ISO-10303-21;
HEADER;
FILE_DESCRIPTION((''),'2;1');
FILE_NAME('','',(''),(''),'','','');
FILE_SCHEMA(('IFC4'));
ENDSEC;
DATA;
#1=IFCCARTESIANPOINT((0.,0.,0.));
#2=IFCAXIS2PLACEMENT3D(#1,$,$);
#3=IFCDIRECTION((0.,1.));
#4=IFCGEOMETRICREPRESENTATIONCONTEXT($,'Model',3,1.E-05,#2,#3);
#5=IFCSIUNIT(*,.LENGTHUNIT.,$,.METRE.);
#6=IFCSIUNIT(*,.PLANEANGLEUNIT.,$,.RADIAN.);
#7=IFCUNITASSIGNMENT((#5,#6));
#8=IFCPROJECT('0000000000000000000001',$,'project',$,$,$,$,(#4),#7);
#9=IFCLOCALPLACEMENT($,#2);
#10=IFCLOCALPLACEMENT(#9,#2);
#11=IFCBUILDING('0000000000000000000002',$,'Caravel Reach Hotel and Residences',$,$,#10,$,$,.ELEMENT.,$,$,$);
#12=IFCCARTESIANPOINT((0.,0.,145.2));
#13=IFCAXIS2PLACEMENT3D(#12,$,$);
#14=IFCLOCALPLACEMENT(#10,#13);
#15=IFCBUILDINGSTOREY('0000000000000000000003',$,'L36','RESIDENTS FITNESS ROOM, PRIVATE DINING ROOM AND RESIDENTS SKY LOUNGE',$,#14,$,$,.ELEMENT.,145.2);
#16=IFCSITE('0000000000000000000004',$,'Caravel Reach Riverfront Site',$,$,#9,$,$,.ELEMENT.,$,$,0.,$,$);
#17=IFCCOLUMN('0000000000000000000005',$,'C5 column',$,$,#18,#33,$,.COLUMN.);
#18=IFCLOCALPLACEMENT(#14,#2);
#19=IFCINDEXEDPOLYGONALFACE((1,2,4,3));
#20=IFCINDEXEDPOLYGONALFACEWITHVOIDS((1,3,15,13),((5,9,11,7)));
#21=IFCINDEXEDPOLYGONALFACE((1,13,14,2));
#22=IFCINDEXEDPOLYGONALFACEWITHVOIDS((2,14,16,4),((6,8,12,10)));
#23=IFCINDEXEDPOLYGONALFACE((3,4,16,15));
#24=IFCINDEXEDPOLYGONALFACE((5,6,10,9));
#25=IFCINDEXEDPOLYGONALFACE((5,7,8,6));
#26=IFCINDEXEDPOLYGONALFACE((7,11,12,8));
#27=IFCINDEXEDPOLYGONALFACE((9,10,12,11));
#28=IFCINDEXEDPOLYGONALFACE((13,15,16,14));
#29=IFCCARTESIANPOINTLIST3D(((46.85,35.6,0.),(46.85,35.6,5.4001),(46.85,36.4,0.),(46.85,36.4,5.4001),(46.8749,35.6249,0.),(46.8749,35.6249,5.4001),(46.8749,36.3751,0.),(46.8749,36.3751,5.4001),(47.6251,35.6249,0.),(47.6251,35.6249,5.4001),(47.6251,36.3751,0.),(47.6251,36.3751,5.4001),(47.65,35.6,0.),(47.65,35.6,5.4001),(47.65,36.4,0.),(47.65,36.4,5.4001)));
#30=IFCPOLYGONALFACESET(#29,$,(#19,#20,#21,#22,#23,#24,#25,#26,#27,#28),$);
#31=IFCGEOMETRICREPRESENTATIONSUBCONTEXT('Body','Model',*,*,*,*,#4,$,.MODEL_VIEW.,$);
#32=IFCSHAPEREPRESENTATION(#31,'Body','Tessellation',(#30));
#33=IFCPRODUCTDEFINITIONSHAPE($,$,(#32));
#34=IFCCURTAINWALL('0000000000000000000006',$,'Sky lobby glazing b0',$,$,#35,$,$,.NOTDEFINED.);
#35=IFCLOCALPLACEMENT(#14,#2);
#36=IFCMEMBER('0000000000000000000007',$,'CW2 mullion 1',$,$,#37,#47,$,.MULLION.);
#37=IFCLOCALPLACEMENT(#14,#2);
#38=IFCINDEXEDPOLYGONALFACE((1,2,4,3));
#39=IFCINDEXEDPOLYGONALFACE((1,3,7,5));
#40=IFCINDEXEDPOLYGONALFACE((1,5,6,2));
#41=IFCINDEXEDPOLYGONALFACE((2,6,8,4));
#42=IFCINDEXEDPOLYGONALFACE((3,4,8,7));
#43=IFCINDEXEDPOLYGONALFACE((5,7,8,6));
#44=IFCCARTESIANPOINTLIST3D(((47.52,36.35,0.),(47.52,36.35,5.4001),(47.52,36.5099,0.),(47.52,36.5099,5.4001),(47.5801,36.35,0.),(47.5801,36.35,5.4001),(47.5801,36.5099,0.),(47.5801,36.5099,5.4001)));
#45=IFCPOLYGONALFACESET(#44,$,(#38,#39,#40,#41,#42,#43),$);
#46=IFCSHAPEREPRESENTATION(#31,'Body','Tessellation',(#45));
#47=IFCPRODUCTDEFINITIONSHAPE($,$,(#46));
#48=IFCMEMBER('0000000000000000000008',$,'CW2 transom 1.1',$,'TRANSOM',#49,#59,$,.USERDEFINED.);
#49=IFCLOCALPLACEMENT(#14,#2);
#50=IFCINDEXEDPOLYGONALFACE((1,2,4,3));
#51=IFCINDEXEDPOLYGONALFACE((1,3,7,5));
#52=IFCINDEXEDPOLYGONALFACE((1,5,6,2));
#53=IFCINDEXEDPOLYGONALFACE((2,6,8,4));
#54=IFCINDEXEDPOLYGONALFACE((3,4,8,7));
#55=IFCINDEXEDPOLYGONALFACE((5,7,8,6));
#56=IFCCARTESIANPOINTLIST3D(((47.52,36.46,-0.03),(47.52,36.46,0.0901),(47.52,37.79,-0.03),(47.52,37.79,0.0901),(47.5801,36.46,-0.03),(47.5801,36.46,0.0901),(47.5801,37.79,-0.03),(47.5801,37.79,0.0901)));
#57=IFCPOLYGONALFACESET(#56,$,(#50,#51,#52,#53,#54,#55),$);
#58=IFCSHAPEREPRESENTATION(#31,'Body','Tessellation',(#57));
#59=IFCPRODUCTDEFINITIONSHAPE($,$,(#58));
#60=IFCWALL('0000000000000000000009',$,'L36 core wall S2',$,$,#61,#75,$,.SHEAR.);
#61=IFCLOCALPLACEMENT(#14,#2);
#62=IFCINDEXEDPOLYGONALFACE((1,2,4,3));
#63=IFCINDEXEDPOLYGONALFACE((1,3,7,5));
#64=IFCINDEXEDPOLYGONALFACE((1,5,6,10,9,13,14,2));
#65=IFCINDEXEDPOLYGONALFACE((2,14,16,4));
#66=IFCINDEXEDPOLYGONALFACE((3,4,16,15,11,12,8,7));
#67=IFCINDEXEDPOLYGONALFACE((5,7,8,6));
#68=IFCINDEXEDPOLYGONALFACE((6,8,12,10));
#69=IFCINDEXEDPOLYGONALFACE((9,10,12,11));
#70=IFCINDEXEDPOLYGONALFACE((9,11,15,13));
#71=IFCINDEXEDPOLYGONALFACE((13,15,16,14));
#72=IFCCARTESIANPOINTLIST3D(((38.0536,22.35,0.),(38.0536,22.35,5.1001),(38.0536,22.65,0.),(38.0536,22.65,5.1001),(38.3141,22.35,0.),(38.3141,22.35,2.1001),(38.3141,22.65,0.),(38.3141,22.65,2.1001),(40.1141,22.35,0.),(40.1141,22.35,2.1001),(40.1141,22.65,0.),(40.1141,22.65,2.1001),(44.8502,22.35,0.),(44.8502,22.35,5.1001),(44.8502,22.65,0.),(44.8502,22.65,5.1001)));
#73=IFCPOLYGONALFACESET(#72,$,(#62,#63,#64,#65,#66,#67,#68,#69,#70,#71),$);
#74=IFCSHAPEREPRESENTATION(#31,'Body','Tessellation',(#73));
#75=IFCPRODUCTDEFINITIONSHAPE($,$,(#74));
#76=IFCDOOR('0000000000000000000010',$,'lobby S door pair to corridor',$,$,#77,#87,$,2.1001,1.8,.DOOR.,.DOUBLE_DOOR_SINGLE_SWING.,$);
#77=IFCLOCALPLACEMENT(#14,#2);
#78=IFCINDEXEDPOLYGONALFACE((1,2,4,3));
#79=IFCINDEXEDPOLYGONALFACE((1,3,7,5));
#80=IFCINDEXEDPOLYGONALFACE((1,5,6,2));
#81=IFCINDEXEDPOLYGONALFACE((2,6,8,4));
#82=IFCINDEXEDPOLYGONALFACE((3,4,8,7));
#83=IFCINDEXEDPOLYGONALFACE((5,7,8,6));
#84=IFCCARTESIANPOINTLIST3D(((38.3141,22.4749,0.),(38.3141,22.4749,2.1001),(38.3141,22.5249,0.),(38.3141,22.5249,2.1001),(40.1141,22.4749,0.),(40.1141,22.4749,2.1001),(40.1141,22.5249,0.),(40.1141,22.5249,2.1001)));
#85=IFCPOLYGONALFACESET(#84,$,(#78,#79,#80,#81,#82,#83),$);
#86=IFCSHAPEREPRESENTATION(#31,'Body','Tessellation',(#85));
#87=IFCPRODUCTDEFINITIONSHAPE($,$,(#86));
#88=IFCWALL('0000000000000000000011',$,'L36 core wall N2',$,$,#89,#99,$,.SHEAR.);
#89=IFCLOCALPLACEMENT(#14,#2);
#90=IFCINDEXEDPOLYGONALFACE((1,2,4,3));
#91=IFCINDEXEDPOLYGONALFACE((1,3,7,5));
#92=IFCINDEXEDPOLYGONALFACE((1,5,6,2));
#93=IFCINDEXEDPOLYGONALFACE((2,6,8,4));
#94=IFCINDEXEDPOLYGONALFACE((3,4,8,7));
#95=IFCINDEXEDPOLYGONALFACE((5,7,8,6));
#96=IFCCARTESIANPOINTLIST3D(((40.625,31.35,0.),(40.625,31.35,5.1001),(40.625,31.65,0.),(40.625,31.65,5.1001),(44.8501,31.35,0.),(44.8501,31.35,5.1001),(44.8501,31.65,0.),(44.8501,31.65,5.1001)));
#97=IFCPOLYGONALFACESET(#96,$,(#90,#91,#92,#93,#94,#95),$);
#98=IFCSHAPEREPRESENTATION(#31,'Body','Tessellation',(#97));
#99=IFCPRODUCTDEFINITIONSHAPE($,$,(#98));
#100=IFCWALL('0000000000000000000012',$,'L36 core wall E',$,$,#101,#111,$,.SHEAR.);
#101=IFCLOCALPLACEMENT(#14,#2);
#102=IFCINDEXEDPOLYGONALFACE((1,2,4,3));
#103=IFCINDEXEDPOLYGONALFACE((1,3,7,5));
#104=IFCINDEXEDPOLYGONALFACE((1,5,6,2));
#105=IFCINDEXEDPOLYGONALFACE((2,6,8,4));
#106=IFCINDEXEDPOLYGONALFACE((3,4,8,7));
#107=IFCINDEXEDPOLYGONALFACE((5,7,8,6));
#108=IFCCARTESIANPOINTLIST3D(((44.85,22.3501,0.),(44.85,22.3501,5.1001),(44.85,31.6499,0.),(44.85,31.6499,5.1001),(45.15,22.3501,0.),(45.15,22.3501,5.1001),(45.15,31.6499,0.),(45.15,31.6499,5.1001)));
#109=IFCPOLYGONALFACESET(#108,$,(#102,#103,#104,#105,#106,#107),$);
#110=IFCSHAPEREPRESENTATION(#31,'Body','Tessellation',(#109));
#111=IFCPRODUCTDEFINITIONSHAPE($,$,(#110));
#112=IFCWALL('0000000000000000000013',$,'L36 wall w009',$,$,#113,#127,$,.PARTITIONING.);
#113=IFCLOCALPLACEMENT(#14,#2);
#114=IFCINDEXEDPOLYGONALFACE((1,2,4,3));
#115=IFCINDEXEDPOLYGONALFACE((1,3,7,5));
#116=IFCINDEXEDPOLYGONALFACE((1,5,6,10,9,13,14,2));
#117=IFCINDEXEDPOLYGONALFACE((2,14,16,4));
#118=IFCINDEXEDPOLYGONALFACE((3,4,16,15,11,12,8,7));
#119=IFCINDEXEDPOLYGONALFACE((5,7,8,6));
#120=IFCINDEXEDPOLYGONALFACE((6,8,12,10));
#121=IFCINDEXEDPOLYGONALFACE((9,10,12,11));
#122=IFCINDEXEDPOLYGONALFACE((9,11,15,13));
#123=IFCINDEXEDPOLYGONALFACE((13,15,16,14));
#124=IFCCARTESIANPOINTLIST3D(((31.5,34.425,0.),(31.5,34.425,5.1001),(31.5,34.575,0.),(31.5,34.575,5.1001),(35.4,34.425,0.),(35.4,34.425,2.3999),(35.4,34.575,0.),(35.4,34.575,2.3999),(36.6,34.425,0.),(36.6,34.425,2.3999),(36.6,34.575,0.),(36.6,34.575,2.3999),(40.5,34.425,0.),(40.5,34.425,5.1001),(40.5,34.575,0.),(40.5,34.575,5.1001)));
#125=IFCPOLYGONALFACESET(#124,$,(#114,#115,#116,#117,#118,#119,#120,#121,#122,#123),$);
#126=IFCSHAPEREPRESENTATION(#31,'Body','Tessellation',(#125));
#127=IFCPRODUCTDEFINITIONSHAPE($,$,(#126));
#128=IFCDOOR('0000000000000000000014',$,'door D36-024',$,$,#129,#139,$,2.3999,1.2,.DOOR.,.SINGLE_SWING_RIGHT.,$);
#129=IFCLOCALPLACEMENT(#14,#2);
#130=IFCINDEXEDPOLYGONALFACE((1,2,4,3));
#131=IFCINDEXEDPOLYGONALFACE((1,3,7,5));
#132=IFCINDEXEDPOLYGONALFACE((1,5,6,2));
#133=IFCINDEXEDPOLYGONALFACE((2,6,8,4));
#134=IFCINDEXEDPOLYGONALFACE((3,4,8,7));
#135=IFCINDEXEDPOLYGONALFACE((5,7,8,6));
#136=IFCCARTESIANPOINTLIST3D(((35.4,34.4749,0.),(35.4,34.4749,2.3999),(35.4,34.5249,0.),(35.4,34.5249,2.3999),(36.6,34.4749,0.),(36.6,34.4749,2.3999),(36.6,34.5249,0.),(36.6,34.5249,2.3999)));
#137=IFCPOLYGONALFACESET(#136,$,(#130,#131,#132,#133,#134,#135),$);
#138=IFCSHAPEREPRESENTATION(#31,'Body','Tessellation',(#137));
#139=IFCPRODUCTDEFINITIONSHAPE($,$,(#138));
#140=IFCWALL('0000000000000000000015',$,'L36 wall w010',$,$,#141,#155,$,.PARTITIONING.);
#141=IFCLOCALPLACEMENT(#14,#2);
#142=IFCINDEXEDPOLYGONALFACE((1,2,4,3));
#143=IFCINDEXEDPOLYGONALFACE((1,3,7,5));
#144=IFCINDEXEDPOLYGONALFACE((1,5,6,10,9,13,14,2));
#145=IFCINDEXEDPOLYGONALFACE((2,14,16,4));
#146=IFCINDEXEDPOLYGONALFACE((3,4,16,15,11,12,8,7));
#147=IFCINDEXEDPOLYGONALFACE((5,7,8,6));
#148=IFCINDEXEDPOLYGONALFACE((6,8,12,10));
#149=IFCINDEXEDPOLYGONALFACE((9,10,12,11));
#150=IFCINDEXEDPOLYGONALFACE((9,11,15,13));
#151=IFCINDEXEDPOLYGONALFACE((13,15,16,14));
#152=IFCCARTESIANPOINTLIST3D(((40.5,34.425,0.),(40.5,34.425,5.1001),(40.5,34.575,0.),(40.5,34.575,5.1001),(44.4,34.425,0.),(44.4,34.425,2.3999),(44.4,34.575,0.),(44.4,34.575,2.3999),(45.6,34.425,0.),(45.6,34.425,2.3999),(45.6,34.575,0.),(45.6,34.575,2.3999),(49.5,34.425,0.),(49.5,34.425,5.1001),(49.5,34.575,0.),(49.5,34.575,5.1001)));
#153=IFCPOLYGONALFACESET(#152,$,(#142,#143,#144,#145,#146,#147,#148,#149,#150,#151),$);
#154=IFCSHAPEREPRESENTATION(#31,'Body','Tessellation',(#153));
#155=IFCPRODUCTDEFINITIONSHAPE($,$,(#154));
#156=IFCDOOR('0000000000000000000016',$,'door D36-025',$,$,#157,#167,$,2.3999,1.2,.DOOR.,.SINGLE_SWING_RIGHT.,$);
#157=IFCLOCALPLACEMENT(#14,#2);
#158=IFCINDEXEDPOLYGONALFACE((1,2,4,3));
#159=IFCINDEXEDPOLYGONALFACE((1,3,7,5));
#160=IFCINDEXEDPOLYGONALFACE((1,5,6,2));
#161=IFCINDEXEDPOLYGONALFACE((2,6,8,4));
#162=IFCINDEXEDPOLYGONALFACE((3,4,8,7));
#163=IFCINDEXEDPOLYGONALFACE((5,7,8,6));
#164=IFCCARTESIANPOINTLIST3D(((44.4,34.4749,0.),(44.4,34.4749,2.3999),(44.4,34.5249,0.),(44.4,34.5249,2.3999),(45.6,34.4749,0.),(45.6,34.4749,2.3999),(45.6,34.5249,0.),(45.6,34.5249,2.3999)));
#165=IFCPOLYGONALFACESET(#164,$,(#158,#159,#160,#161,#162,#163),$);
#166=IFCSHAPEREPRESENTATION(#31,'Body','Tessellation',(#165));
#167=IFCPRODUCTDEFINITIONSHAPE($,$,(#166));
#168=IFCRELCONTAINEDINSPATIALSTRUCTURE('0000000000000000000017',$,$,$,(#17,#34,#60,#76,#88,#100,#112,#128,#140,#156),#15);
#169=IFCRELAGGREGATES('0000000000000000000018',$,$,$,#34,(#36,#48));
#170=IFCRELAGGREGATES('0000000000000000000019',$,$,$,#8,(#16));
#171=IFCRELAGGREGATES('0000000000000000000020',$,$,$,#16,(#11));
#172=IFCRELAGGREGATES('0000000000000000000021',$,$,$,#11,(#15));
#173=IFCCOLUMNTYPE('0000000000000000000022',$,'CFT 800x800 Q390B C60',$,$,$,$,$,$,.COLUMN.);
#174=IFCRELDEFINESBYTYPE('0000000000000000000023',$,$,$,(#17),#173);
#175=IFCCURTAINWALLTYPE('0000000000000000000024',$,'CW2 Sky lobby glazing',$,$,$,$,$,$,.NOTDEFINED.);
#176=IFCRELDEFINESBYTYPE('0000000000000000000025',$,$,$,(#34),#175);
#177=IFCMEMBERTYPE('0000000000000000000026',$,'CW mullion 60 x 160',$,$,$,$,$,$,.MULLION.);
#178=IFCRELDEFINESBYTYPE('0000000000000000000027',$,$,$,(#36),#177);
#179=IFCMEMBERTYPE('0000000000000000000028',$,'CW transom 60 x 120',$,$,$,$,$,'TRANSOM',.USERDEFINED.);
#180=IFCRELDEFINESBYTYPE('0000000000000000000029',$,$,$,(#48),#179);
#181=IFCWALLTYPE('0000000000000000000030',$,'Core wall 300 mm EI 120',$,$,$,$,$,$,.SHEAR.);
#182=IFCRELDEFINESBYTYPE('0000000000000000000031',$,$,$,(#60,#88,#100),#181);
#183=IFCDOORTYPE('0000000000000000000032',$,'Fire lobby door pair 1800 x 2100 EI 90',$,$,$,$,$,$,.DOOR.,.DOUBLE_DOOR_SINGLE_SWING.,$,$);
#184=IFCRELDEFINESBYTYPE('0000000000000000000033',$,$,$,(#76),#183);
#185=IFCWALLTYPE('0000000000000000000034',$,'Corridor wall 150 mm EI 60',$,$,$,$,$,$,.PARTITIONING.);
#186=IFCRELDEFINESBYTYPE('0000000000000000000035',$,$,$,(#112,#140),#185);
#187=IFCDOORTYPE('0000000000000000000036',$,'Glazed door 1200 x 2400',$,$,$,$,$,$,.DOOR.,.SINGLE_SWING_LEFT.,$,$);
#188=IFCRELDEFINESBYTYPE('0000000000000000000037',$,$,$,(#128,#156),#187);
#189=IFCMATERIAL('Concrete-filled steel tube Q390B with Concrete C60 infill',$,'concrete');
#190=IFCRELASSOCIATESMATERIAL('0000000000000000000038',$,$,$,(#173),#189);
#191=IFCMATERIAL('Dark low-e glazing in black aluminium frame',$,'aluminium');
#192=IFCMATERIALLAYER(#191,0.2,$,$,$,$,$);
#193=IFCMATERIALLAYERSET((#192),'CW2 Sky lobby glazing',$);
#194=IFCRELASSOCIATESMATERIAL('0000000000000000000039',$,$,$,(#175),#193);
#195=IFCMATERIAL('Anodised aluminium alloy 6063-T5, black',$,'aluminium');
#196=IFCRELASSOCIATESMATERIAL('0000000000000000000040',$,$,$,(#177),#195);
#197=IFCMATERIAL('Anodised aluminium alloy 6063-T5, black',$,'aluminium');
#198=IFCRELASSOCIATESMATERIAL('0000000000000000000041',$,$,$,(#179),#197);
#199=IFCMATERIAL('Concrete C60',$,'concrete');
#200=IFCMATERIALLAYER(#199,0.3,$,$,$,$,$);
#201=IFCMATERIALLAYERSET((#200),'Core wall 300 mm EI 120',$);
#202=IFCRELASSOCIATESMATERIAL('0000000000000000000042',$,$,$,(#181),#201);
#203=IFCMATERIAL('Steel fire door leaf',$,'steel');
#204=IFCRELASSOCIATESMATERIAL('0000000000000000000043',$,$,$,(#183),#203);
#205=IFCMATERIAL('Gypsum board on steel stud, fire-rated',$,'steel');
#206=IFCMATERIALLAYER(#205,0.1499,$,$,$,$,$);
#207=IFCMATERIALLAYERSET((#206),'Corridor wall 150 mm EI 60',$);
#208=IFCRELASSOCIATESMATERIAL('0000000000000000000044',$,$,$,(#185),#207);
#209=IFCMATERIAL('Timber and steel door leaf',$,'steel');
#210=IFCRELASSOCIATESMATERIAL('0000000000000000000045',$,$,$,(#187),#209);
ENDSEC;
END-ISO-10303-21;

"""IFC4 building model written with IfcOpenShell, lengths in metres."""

from ifc_helpers import new_model, si_unit, direction, frame, frame_2d, origin, origin_2d, place, context, subcontext, project, spatial, rectangle, hollow_rectangle, extrude, material, layer, layer_set, material_profile, profile_set, type_object, element, fill, aggregate, save


model = new_model("IFC4")

# Units and contexts
model_context = context("Model", 3, precision=1e-05, world=origin(), true_north=direction((0.0, 1.0)))
body_context = subcontext(model_context, "Body", "Model", "MODEL_VIEW")
ifc_project = project(units=[si_unit("LENGTHUNIT", "METRE"), si_unit("PLANEANGLEUNIT", "RADIAN")], contexts=[model_context])

# Site, building, storey
site_placement = place(None, origin())
site = spatial("IfcSite", under=ifc_project, at=site_placement, Name="Caravel Reach Riverfront Site", CompositionType="ELEMENT", RefElevation=0.0)
building_placement = place(site_placement, origin())
building = spatial("IfcBuilding", under=site, at=building_placement, Name="Caravel Reach Hotel and Residences", CompositionType="ELEMENT")
storey_placement = place(building_placement, frame((0.0, 0.0, 145.2)))
storey = spatial("IfcBuildingStorey", under=building, at=storey_placement, Name="L36", Description="RESIDENTS FITNESS ROOM, PRIVATE DINING ROOM AND RESIDENTS SKY LOUNGE", CompositionType="ELEMENT", Elevation=145.2)

# Column
ifc_material_1 = material(Name="Concrete-filled steel tube Q390B with Concrete C60 infill", Category="concrete")
ifc_material_profile_1 = material_profile(ifc_material_1, hollow_rectangle(XDim=0.8, YDim=0.8, WallThickness=0.0249, at=origin_2d()), Name="RHS 800x800x25")
ifc_profile_set_1 = profile_set([ifc_material_profile_1], Name="Concrete-filled steel tube Q390B with Concrete C60 infill")
column_type = type_object("IfcColumnType", Name="CFT 800x800 Q390B C60", PredefinedType="COLUMN", material=ifc_profile_set_1)
column_placement = place(storey_placement, frame((47.25, 36.0, 0.0), z_axis=(0.0, 0.0, 1.0), x_axis=(1.0, 0.0, 0.0)))
element("IfcColumn", 1, at=column_placement, inside=storey, type_object=column_type, Name="C5 column", PredefinedType="COLUMN", context=body_context, shape_type="SweptSolid", body=[
    extrude(hollow_rectangle(XDim=0.8, YDim=0.8, WallThickness=0.0249, at=origin_2d()), origin(), (0.0, 0.0, 1.0), 5.4001),
])

# Curtain wall, members
ifc_material_2 = material(Name="Dark low-e glazing in black aluminium frame", Category="aluminium")
ifc_layer_1 = layer(ifc_material_2, 0.2)
ifc_layer_set_1 = layer_set([ifc_layer_1], Name="CW2 Sky lobby glazing")
curtain_wall_type = type_object("IfcCurtainWallType", Name="CW2 Sky lobby glazing", PredefinedType="NOTDEFINED", material=ifc_layer_set_1)
curtain_wall_placement = place(storey_placement, origin())
curtain_wall = element("IfcCurtainWall", 2, at=curtain_wall_placement, inside=storey, type_object=curtain_wall_type, Name="Sky lobby glazing b0", PredefinedType="NOTDEFINED")
ifc_material_3 = material(Name="Anodised aluminium alloy 6063-T5, black", Category="aluminium")
ifc_material_profile_2 = material_profile(ifc_material_3, rectangle(XDim=0.0601, YDim=0.1599, at=origin_2d()), Name="CW mullion 60 x 160")
ifc_profile_set_2 = profile_set([ifc_material_profile_2], Name="Anodised aluminium alloy 6063-T5, black")
member_type_1 = type_object("IfcMemberType", Name="CW mullion 60 x 160", PredefinedType="MULLION", material=ifc_profile_set_2)
member_1_placement = place(storey_placement, frame((47.55, 36.4299, 0.0), z_axis=(0.0, 0.0, 1.0), x_axis=(-1.0, 0.0, 0.0)))
member_1 = element("IfcMember", 3, at=member_1_placement, type_object=member_type_1, Name="CW2 mullion 1", PredefinedType="MULLION", context=body_context, shape_type="SweptSolid", body=[
    extrude(rectangle(XDim=0.0601, YDim=0.1599, at=origin_2d()), origin(), (0.0, 0.0, 1.0), 5.4001),
])
ifc_material_4 = material(Name="Anodised aluminium alloy 6063-T5, black", Category="aluminium")
ifc_material_profile_3 = material_profile(ifc_material_4, rectangle(XDim=0.0601, YDim=0.1201, at=origin_2d()), Name="CW transom 60 x 120")
ifc_profile_set_3 = profile_set([ifc_material_profile_3], Name="Anodised aluminium alloy 6063-T5, black")
member_type_2 = type_object("IfcMemberType", Name="CW transom 60 x 120", ElementType="TRANSOM", PredefinedType="USERDEFINED", material=ifc_profile_set_3)
member_2_placement = place(storey_placement, frame((47.55, 36.46, 0.03), z_axis=(0.0, 1.0, 0.0), x_axis=(-1.0, 0.0, 0.0)))
member_2 = element("IfcMember", 4, at=member_2_placement, type_object=member_type_2, Name="CW2 transom 1.1", ObjectType="TRANSOM", PredefinedType="USERDEFINED", context=body_context, shape_type="SweptSolid", body=[
    extrude(rectangle(XDim=0.0601, YDim=0.1201, at=origin_2d()), origin(), (0.0, 0.0, 1.0), 1.3301),
])
aggregate(curtain_wall, [member_1, member_2])

# Wall, opening, door
ifc_material_5 = material(Name="Concrete C60", Category="concrete")
ifc_layer_2 = layer(ifc_material_5, 0.3)
ifc_layer_set_2 = layer_set([ifc_layer_2], Name="Core wall 300 mm EI 120")
wall_type_1 = type_object("IfcWallType", Name="Core wall 300 mm EI 120", PredefinedType="SHEAR", material=ifc_layer_set_2)
wall_1_placement = place(storey_placement, frame((38.0535, 22.5, 0.0), z_axis=(0.0, 0.0, 1.0), x_axis=(1.0, 0.0, 0.0)))
wall_1 = element("IfcWall", 5, at=wall_1_placement, inside=storey, type_object=wall_type_1, Name="L36 core wall S2", PredefinedType="SHEAR", context=body_context, shape_type="SweptSolid", body=[
    extrude(rectangle(XDim=6.7966, YDim=0.3, at=frame_2d((3.3984, 0.0))), origin(), (0.0, 0.0, 1.0), 5.1001),
])
opening_1_placement = place(wall_1_placement, frame((0.2607, 0.0, 0.0)))
opening_1 = element("IfcOpeningElement", 6, at=opening_1_placement, cuts=wall_1, PredefinedType="OPENING", context=body_context, shape_type="SweptSolid", body=[
    extrude(rectangle(XDim=1.8, YDim=2.1001, at=frame_2d((0.8999, 1.05))), frame((0.0, 0.1599, 0.0), z_axis=(0.0, -1.0, 0.0), x_axis=(1.0, 0.0, 0.0)), (0.0, 0.0, 1.0), 0.3201),
])
ifc_material_6 = material(Name="Steel fire door leaf", Category="steel")
door_type_1 = type_object("IfcDoorType", Name="Fire lobby door pair 1800 x 2100 EI 90", OperationType="DOUBLE_DOOR_SINGLE_SWING", PredefinedType="DOOR", material=ifc_material_6)
door_1_placement = place(opening_1_placement, origin())
door_1 = element("IfcDoor", 7, at=door_1_placement, inside=storey, type_object=door_type_1, Name="lobby S door pair to corridor", OperationType="DOUBLE_DOOR_SINGLE_SWING", OverallHeight=2.1001, OverallWidth=1.8, PredefinedType="DOOR", context=body_context, shape_type="SweptSolid", body=[
    extrude(rectangle(XDim=1.8, YDim=2.1001, at=frame_2d((0.8999, 1.05))), frame((0.0, 0.0249, 0.0), z_axis=(0.0, -1.0, 0.0), x_axis=(1.0, 0.0, 0.0)), (0.0, 0.0, 1.0), 0.05),
])
fill(opening_1, door_1)

# Walls
wall_2_placement = place(storey_placement, frame((40.625, 31.5, 0.0), z_axis=(0.0, 0.0, 1.0), x_axis=(1.0, 0.0, 0.0)))
element("IfcWall", 8, at=wall_2_placement, inside=storey, type_object=wall_type_1, Name="L36 core wall N2", PredefinedType="SHEAR", context=body_context, shape_type="SweptSolid", body=[
    extrude(rectangle(XDim=4.2251, YDim=0.3, at=frame_2d((2.1125, 0.0))), origin(), (0.0, 0.0, 1.0), 5.1001),
])
wall_3_placement = place(storey_placement, frame((45.0, 22.3501, 0.0), z_axis=(0.0, 0.0, 1.0), x_axis=(0.0, 1.0, 0.0)))
element("IfcWall", 9, at=wall_3_placement, inside=storey, type_object=wall_type_1, Name="L36 core wall E", PredefinedType="SHEAR", context=body_context, shape_type="SweptSolid", body=[
    extrude(rectangle(XDim=9.2998, YDim=0.3, at=frame_2d((4.6499, 0.0))), origin(), (0.0, 0.0, 1.0), 5.1001),
])

# Walls, openings, doors
ifc_material_7 = material(Name="Gypsum board on steel stud, fire-rated", Category="steel")
ifc_layer_3 = layer(ifc_material_7, 0.1499)
ifc_layer_set_3 = layer_set([ifc_layer_3], Name="Corridor wall 150 mm EI 60")
wall_type_2 = type_object("IfcWallType", Name="Corridor wall 150 mm EI 60", PredefinedType="PARTITIONING", material=ifc_layer_set_3)
wall_4_placement = place(storey_placement, frame((31.5, 34.5, 0.0), z_axis=(0.0, 0.0, 1.0), x_axis=(1.0, 0.0, 0.0)))
wall_4 = element("IfcWall", 10, at=wall_4_placement, inside=storey, type_object=wall_type_2, Name="L36 wall w009", PredefinedType="PARTITIONING", context=body_context, shape_type="SweptSolid", body=[
    extrude(rectangle(XDim=9.0, YDim=0.1499, at=frame_2d((4.5, 0.0))), origin(), (0.0, 0.0, 1.0), 5.1001),
])
opening_2_placement = place(wall_4_placement, frame((3.8999, 0.0, 0.0)))
opening_2 = element("IfcOpeningElement", 11, at=opening_2_placement, cuts=wall_4, PredefinedType="OPENING", context=body_context, shape_type="SweptSolid", body=[
    extrude(rectangle(XDim=1.2, YDim=2.3999, at=frame_2d((0.6001, 1.2))), frame((0.0, 0.085, 0.0), z_axis=(0.0, -1.0, 0.0), x_axis=(1.0, 0.0, 0.0)), (0.0, 0.0, 1.0), 0.1699),
])
ifc_material_8 = material(Name="Timber and steel door leaf", Category="steel")
door_type_2 = type_object("IfcDoorType", Name="Glazed door 1200 x 2400", OperationType="SINGLE_SWING_LEFT", PredefinedType="DOOR", material=ifc_material_8)
door_2_placement = place(opening_2_placement, origin())
door_2 = element("IfcDoor", 12, at=door_2_placement, inside=storey, type_object=door_type_2, Name="door D36-024", OperationType="SINGLE_SWING_RIGHT", OverallHeight=2.3999, OverallWidth=1.2, PredefinedType="DOOR", context=body_context, shape_type="SweptSolid", body=[
    extrude(rectangle(XDim=1.2, YDim=2.3999, at=frame_2d((0.6001, 1.2))), frame((0.0, 0.0249, 0.0), z_axis=(0.0, -1.0, 0.0), x_axis=(1.0, 0.0, 0.0)), (0.0, 0.0, 1.0), 0.05),
])
fill(opening_2, door_2)
wall_5_placement = place(storey_placement, frame((40.5, 34.5, 0.0), z_axis=(0.0, 0.0, 1.0), x_axis=(1.0, 0.0, 0.0)))
wall_5 = element("IfcWall", 13, at=wall_5_placement, inside=storey, type_object=wall_type_2, Name="L36 wall w010", PredefinedType="PARTITIONING", context=body_context, shape_type="SweptSolid", body=[
    extrude(rectangle(XDim=9.0, YDim=0.1499, at=frame_2d((4.5, 0.0))), origin(), (0.0, 0.0, 1.0), 5.1001),
])
opening_3_placement = place(wall_5_placement, frame((3.8999, 0.0, 0.0)))
opening_3 = element("IfcOpeningElement", 14, at=opening_3_placement, cuts=wall_5, PredefinedType="OPENING", context=body_context, shape_type="SweptSolid", body=[
    extrude(rectangle(XDim=1.2, YDim=2.3999, at=frame_2d((0.6001, 1.2))), frame((0.0, 0.085, 0.0), z_axis=(0.0, -1.0, 0.0), x_axis=(1.0, 0.0, 0.0)), (0.0, 0.0, 1.0), 0.1699),
])
door_3_placement = place(opening_3_placement, origin())
door_3 = element("IfcDoor", 15, at=door_3_placement, inside=storey, type_object=door_type_2, Name="door D36-025", OperationType="SINGLE_SWING_RIGHT", OverallHeight=2.3999, OverallWidth=1.2, PredefinedType="DOOR", context=body_context, shape_type="SweptSolid", body=[
    extrude(rectangle(XDim=1.2, YDim=2.3999, at=frame_2d((0.6001, 1.2))), frame((0.0, 0.0249, 0.0), z_axis=(0.0, -1.0, 0.0), x_axis=(1.0, 0.0, 0.0)), (0.0, 0.0, 1.0), 0.05),
])
fill(opening_3, door_3)

save(model, "model.ifc")
